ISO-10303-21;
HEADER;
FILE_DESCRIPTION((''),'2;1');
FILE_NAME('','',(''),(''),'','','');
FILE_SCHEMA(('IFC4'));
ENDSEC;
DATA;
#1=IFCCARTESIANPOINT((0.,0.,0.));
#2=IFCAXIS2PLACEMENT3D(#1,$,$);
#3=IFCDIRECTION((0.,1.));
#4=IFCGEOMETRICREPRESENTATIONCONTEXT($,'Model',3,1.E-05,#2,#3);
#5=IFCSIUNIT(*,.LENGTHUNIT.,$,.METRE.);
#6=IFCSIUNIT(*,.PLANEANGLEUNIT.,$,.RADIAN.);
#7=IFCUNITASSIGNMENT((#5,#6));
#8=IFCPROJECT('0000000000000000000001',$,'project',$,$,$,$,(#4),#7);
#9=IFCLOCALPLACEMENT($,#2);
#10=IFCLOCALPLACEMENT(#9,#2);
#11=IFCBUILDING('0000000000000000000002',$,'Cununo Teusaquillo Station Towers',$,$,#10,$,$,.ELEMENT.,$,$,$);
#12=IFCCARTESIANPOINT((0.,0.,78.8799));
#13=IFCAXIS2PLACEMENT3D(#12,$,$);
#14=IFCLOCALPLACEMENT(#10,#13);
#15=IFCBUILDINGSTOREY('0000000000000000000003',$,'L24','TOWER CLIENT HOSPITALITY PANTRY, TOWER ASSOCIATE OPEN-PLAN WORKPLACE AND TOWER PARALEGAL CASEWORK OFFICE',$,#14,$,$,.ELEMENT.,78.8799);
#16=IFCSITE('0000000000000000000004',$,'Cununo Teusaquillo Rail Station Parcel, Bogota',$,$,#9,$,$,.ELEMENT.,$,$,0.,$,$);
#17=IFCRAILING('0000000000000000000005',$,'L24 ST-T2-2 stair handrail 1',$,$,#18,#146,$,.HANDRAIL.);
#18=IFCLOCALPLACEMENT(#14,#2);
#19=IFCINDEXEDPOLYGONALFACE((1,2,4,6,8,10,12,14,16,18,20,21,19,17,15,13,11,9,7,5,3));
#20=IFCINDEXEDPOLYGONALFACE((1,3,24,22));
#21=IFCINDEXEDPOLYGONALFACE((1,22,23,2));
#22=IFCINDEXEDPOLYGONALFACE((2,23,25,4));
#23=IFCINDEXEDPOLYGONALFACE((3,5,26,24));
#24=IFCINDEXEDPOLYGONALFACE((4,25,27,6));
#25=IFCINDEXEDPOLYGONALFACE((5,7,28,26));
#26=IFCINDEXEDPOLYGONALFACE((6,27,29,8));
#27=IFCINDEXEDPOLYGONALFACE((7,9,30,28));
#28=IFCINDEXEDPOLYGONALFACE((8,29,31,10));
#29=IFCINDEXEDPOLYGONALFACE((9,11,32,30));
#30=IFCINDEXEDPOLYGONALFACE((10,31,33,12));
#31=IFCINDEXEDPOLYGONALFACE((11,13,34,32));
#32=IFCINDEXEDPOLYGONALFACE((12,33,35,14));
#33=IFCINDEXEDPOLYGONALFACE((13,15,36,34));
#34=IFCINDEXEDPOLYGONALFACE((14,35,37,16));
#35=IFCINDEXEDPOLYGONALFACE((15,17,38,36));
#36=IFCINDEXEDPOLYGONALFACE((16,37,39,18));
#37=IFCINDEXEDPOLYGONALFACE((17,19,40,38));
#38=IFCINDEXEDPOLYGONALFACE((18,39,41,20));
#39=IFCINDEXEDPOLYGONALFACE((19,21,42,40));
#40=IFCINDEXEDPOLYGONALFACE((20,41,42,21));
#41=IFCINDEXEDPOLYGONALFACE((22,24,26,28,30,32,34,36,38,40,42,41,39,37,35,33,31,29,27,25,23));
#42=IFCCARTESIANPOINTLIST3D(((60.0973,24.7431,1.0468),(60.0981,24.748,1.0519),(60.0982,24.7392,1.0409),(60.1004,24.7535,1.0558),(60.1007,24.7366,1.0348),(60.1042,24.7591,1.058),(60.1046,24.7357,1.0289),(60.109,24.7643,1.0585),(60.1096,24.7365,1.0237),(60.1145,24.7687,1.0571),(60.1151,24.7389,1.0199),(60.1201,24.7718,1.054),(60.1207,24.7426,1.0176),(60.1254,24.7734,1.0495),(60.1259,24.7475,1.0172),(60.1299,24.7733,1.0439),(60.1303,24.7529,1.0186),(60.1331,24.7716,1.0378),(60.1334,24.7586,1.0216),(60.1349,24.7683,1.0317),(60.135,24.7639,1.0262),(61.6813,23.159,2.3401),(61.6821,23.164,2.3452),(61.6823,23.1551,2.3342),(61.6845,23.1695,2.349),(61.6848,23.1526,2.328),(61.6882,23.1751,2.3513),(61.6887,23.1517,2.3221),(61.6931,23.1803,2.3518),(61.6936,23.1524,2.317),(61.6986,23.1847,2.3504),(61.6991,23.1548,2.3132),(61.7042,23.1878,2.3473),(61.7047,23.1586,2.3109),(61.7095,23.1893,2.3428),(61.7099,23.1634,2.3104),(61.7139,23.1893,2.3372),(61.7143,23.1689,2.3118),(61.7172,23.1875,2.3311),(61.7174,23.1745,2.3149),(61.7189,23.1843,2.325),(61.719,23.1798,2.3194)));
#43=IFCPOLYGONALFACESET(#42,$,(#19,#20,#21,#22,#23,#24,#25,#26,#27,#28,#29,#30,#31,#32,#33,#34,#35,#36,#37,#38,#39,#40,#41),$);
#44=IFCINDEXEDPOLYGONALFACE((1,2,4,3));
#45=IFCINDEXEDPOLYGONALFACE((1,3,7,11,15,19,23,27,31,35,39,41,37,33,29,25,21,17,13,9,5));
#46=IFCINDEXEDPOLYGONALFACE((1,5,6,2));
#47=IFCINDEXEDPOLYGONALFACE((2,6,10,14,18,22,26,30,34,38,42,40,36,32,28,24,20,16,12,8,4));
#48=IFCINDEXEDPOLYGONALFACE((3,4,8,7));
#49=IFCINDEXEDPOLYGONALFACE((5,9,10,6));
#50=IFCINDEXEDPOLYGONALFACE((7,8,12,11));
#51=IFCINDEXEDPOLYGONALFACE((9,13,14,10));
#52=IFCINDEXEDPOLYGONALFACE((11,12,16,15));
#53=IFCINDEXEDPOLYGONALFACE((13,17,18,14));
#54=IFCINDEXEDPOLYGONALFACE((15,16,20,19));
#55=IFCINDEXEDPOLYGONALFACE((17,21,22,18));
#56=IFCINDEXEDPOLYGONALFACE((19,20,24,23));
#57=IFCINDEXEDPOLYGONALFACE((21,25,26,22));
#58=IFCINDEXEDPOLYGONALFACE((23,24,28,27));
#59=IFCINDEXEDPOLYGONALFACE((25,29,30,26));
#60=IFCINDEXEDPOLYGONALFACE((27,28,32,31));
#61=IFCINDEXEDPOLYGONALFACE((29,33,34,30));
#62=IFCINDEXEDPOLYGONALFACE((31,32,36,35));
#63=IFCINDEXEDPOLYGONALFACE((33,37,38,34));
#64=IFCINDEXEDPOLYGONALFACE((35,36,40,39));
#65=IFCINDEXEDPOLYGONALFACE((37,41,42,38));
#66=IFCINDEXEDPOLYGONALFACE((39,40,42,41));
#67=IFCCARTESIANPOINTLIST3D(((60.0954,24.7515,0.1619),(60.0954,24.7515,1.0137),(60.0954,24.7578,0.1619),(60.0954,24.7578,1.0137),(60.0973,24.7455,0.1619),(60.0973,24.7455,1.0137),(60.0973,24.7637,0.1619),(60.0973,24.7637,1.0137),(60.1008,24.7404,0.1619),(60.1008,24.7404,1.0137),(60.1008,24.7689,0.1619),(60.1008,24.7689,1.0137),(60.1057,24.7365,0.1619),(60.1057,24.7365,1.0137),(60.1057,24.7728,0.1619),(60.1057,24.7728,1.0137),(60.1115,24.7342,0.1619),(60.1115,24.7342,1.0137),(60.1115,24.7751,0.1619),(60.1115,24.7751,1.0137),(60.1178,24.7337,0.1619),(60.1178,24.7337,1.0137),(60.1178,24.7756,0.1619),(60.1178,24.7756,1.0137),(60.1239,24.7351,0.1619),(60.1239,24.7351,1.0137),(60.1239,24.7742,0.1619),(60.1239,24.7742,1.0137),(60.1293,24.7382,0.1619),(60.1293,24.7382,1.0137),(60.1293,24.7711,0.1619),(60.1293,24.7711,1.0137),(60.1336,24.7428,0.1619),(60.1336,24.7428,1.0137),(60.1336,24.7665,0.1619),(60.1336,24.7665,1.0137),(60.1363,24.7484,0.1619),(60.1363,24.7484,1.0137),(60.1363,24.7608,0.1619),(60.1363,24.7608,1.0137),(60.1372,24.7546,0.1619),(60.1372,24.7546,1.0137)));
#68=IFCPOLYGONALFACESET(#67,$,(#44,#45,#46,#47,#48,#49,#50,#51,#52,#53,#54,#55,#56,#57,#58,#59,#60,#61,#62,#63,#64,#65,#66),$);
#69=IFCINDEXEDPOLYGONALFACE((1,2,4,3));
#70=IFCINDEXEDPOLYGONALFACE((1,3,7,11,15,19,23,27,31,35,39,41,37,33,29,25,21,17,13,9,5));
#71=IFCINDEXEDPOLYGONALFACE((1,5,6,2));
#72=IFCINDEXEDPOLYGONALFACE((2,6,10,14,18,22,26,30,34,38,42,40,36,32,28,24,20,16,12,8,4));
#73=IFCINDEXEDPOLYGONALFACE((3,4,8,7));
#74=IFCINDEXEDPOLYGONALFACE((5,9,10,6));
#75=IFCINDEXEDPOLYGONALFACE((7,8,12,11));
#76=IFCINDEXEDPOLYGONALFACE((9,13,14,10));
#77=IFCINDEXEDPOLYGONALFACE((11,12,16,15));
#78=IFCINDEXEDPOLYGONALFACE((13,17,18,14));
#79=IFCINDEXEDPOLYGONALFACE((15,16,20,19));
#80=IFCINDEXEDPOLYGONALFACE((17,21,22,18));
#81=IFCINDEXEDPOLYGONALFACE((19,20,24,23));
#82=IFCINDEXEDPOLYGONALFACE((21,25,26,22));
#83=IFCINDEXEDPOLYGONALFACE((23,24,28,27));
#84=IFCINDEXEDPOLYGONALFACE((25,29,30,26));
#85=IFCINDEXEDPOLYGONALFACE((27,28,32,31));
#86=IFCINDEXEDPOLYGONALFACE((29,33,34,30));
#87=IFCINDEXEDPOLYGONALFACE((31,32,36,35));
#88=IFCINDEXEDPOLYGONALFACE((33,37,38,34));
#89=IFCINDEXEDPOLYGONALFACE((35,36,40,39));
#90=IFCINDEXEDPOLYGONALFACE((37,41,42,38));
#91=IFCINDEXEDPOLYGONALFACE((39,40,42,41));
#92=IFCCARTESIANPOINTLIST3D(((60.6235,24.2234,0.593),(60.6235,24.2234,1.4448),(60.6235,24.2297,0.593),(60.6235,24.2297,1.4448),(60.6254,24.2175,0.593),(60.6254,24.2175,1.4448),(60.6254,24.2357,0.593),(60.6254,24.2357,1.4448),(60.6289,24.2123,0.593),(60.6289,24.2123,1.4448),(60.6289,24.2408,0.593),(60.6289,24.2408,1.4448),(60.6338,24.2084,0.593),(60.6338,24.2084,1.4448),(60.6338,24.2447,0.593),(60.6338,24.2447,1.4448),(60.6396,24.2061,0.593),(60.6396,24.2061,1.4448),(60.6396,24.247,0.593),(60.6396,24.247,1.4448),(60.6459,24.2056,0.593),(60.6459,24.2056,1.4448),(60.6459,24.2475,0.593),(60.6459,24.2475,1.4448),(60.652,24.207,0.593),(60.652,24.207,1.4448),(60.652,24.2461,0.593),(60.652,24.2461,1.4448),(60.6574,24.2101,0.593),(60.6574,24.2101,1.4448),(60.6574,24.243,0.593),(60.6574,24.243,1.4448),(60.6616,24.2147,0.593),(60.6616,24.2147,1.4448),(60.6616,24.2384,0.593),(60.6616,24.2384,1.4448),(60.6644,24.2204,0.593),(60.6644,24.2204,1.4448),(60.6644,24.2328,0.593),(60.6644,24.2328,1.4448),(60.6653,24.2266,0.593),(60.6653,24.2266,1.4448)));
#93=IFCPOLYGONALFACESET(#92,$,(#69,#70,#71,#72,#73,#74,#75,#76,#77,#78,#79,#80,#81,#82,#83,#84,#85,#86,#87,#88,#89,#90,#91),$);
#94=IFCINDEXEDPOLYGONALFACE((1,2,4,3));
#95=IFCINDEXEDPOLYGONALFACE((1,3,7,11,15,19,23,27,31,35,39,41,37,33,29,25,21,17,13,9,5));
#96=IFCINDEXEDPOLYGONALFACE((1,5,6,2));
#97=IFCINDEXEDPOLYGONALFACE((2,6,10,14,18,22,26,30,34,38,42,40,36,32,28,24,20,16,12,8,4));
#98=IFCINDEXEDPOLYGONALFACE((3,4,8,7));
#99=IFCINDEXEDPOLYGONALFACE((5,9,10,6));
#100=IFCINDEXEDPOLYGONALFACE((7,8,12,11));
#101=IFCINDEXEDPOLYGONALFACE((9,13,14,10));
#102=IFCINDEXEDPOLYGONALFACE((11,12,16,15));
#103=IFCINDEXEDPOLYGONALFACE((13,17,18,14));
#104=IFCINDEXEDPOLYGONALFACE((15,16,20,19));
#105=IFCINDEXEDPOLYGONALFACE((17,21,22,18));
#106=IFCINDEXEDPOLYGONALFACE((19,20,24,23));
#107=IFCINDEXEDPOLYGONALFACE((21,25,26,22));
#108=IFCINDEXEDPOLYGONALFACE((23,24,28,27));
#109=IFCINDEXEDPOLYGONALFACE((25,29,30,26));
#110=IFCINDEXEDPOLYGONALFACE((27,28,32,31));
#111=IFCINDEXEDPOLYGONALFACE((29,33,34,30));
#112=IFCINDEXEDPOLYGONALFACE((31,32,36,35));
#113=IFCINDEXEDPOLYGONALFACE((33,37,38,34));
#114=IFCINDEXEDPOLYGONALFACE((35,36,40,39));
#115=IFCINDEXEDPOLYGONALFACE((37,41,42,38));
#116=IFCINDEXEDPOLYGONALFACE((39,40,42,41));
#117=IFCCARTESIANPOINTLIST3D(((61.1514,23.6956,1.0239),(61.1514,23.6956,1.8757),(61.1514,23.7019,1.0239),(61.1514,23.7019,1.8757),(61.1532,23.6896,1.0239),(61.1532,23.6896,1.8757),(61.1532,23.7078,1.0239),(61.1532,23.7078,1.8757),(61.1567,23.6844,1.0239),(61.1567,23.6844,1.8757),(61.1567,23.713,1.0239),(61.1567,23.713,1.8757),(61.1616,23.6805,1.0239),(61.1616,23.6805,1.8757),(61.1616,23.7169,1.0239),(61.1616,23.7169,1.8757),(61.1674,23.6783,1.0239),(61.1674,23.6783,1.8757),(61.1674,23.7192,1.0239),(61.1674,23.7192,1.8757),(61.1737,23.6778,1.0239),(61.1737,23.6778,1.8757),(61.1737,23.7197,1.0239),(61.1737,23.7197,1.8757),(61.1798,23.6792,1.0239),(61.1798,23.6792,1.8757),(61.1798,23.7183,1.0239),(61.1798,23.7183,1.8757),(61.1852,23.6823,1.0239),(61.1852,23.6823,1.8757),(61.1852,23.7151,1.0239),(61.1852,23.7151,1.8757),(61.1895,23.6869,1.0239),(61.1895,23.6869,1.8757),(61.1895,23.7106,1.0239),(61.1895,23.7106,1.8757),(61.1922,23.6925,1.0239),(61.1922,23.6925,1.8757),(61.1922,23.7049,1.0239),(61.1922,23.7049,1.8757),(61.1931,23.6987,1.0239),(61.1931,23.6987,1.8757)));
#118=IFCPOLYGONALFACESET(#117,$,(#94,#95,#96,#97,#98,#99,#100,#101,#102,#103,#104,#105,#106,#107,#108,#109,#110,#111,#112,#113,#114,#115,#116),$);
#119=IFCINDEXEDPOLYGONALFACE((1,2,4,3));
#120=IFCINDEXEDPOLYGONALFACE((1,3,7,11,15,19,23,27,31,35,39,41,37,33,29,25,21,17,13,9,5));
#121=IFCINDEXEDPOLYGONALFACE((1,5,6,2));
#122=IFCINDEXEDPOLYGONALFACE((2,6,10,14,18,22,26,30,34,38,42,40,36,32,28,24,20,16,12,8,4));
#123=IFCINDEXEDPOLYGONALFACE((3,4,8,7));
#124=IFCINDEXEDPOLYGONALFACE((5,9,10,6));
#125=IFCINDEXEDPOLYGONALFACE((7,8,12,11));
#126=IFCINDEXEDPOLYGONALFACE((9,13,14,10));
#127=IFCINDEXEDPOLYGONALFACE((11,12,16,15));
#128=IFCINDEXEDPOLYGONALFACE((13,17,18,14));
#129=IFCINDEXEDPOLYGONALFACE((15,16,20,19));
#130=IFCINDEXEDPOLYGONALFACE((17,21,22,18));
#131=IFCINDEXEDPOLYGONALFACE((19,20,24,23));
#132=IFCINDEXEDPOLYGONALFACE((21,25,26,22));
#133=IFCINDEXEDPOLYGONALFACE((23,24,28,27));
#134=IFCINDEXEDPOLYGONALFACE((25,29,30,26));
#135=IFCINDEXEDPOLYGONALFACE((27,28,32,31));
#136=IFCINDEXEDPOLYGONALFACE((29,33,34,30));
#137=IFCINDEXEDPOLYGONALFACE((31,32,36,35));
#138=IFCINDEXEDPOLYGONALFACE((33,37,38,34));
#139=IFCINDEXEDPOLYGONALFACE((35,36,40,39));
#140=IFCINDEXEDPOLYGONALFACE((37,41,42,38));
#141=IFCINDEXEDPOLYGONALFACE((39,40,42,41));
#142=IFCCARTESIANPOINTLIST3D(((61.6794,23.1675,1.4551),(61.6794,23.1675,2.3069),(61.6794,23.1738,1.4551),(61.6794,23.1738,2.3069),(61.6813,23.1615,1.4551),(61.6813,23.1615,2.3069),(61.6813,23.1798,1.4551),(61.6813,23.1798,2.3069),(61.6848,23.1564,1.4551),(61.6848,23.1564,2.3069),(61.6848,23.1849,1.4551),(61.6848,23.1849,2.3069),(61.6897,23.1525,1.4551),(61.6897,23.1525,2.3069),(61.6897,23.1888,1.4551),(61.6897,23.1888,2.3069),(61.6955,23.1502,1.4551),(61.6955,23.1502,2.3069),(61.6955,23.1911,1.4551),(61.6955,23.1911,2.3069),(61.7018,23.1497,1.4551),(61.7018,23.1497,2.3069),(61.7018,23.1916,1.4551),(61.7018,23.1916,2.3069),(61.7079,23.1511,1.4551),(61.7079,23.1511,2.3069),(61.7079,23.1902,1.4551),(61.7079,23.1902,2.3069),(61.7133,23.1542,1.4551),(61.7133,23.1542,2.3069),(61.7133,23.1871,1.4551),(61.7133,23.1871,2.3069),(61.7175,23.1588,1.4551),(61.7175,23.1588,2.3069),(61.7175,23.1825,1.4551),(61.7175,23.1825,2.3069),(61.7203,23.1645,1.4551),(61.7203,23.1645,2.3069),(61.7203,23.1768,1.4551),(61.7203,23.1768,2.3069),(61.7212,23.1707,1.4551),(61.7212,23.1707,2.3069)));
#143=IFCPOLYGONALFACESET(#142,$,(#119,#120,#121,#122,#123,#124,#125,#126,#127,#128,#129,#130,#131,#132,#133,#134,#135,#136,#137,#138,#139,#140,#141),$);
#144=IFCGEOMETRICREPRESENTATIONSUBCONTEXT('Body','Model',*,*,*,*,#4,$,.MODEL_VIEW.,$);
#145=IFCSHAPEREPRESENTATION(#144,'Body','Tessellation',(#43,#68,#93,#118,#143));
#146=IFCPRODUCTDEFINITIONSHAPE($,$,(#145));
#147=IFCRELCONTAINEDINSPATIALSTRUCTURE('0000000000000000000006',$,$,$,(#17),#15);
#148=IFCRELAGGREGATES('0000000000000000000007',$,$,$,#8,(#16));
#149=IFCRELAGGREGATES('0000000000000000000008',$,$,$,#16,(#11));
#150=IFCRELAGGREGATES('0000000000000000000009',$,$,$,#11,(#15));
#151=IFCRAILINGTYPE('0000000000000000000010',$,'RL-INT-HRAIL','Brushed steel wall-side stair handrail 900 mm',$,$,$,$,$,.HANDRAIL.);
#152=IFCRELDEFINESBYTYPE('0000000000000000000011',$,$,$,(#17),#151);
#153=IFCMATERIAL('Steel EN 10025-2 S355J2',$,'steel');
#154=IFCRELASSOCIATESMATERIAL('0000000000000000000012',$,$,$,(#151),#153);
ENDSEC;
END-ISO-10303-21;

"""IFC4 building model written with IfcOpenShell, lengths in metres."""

from ifc_helpers import new_model, si_unit, direction, frame, origin, origin_2d, place, context, subcontext, project, spatial, circle, extrude, material, type_object, element, save


model = new_model("IFC4")

# Units and contexts
model_context = context("Model", 3, precision=1e-05, world=origin(), true_north=direction((0.0, 1.0)))
body_context = subcontext(model_context, "Body", "Model", "MODEL_VIEW")
ifc_project = project(units=[si_unit("LENGTHUNIT", "METRE"), si_unit("PLANEANGLEUNIT", "RADIAN")], contexts=[model_context])

# Site, building, storey
site_placement = place(None, origin())
site = spatial("IfcSite", under=ifc_project, at=site_placement, Name="Cununo Teusaquillo Rail Station Parcel, Bogota", CompositionType="ELEMENT", RefElevation=0.0)
building_placement = place(site_placement, origin())
building = spatial("IfcBuilding", under=site, at=building_placement, Name="Cununo Teusaquillo Station Towers", CompositionType="ELEMENT")
storey_placement = place(building_placement, frame((0.0, 0.0, 78.8799)))
storey = spatial("IfcBuildingStorey", under=building, at=storey_placement, Name="L24", Description="TOWER CLIENT HOSPITALITY PANTRY, TOWER ASSOCIATE OPEN-PLAN WORKPLACE AND TOWER PARALEGAL CASEWORK OFFICE", CompositionType="ELEMENT", Elevation=78.8799)

# Railing
ifc_material_1 = material(Name="Steel EN 10025-2 S355J2", Category="steel")
railing_type_1 = type_object("IfcRailingType", Name="RL-INT-HRAIL", Description="Brushed steel wall-side stair handrail 900 mm", PredefinedType="HANDRAIL", material=ifc_material_1)
railing_1_placement = place(storey_placement, frame((60.1162, 24.7546, 0.1619)))
element("IfcRailing", 1, at=railing_1_placement, inside=storey, type_object=railing_type_1, Name="L24 ST-T2-2 stair handrail 1", PredefinedType="HANDRAIL", context=body_context, shape_type="SweptSolid", body=[
    extrude(circle(Radius=0.0239, at=origin_2d()), frame((0.0, 0.0, 0.876), z_axis=(0.612385, -0.612385, 0.49997), x_axis=(0.707107, 0.707107, 0.0)), (0.0, 0.0, 1.0), 2.5867),
    extrude(circle(Radius=0.021, at=origin_2d()), origin(), (0.0, 0.0, 1.0), 0.8518),
    extrude(circle(Radius=0.021, at=origin_2d()), frame((0.5281, -0.5281, 0.4312)), (0.0, 0.0, 1.0), 0.8518),
    extrude(circle(Radius=0.021, at=origin_2d()), frame((1.0559, -1.0559, 0.8621)), (0.0, 0.0, 1.0), 0.8518),
    extrude(circle(Radius=0.021, at=origin_2d()), frame((1.584, -1.584, 1.2932)), (0.0, 0.0, 1.0), 0.8518),
])

save(model, "model.ifc")
